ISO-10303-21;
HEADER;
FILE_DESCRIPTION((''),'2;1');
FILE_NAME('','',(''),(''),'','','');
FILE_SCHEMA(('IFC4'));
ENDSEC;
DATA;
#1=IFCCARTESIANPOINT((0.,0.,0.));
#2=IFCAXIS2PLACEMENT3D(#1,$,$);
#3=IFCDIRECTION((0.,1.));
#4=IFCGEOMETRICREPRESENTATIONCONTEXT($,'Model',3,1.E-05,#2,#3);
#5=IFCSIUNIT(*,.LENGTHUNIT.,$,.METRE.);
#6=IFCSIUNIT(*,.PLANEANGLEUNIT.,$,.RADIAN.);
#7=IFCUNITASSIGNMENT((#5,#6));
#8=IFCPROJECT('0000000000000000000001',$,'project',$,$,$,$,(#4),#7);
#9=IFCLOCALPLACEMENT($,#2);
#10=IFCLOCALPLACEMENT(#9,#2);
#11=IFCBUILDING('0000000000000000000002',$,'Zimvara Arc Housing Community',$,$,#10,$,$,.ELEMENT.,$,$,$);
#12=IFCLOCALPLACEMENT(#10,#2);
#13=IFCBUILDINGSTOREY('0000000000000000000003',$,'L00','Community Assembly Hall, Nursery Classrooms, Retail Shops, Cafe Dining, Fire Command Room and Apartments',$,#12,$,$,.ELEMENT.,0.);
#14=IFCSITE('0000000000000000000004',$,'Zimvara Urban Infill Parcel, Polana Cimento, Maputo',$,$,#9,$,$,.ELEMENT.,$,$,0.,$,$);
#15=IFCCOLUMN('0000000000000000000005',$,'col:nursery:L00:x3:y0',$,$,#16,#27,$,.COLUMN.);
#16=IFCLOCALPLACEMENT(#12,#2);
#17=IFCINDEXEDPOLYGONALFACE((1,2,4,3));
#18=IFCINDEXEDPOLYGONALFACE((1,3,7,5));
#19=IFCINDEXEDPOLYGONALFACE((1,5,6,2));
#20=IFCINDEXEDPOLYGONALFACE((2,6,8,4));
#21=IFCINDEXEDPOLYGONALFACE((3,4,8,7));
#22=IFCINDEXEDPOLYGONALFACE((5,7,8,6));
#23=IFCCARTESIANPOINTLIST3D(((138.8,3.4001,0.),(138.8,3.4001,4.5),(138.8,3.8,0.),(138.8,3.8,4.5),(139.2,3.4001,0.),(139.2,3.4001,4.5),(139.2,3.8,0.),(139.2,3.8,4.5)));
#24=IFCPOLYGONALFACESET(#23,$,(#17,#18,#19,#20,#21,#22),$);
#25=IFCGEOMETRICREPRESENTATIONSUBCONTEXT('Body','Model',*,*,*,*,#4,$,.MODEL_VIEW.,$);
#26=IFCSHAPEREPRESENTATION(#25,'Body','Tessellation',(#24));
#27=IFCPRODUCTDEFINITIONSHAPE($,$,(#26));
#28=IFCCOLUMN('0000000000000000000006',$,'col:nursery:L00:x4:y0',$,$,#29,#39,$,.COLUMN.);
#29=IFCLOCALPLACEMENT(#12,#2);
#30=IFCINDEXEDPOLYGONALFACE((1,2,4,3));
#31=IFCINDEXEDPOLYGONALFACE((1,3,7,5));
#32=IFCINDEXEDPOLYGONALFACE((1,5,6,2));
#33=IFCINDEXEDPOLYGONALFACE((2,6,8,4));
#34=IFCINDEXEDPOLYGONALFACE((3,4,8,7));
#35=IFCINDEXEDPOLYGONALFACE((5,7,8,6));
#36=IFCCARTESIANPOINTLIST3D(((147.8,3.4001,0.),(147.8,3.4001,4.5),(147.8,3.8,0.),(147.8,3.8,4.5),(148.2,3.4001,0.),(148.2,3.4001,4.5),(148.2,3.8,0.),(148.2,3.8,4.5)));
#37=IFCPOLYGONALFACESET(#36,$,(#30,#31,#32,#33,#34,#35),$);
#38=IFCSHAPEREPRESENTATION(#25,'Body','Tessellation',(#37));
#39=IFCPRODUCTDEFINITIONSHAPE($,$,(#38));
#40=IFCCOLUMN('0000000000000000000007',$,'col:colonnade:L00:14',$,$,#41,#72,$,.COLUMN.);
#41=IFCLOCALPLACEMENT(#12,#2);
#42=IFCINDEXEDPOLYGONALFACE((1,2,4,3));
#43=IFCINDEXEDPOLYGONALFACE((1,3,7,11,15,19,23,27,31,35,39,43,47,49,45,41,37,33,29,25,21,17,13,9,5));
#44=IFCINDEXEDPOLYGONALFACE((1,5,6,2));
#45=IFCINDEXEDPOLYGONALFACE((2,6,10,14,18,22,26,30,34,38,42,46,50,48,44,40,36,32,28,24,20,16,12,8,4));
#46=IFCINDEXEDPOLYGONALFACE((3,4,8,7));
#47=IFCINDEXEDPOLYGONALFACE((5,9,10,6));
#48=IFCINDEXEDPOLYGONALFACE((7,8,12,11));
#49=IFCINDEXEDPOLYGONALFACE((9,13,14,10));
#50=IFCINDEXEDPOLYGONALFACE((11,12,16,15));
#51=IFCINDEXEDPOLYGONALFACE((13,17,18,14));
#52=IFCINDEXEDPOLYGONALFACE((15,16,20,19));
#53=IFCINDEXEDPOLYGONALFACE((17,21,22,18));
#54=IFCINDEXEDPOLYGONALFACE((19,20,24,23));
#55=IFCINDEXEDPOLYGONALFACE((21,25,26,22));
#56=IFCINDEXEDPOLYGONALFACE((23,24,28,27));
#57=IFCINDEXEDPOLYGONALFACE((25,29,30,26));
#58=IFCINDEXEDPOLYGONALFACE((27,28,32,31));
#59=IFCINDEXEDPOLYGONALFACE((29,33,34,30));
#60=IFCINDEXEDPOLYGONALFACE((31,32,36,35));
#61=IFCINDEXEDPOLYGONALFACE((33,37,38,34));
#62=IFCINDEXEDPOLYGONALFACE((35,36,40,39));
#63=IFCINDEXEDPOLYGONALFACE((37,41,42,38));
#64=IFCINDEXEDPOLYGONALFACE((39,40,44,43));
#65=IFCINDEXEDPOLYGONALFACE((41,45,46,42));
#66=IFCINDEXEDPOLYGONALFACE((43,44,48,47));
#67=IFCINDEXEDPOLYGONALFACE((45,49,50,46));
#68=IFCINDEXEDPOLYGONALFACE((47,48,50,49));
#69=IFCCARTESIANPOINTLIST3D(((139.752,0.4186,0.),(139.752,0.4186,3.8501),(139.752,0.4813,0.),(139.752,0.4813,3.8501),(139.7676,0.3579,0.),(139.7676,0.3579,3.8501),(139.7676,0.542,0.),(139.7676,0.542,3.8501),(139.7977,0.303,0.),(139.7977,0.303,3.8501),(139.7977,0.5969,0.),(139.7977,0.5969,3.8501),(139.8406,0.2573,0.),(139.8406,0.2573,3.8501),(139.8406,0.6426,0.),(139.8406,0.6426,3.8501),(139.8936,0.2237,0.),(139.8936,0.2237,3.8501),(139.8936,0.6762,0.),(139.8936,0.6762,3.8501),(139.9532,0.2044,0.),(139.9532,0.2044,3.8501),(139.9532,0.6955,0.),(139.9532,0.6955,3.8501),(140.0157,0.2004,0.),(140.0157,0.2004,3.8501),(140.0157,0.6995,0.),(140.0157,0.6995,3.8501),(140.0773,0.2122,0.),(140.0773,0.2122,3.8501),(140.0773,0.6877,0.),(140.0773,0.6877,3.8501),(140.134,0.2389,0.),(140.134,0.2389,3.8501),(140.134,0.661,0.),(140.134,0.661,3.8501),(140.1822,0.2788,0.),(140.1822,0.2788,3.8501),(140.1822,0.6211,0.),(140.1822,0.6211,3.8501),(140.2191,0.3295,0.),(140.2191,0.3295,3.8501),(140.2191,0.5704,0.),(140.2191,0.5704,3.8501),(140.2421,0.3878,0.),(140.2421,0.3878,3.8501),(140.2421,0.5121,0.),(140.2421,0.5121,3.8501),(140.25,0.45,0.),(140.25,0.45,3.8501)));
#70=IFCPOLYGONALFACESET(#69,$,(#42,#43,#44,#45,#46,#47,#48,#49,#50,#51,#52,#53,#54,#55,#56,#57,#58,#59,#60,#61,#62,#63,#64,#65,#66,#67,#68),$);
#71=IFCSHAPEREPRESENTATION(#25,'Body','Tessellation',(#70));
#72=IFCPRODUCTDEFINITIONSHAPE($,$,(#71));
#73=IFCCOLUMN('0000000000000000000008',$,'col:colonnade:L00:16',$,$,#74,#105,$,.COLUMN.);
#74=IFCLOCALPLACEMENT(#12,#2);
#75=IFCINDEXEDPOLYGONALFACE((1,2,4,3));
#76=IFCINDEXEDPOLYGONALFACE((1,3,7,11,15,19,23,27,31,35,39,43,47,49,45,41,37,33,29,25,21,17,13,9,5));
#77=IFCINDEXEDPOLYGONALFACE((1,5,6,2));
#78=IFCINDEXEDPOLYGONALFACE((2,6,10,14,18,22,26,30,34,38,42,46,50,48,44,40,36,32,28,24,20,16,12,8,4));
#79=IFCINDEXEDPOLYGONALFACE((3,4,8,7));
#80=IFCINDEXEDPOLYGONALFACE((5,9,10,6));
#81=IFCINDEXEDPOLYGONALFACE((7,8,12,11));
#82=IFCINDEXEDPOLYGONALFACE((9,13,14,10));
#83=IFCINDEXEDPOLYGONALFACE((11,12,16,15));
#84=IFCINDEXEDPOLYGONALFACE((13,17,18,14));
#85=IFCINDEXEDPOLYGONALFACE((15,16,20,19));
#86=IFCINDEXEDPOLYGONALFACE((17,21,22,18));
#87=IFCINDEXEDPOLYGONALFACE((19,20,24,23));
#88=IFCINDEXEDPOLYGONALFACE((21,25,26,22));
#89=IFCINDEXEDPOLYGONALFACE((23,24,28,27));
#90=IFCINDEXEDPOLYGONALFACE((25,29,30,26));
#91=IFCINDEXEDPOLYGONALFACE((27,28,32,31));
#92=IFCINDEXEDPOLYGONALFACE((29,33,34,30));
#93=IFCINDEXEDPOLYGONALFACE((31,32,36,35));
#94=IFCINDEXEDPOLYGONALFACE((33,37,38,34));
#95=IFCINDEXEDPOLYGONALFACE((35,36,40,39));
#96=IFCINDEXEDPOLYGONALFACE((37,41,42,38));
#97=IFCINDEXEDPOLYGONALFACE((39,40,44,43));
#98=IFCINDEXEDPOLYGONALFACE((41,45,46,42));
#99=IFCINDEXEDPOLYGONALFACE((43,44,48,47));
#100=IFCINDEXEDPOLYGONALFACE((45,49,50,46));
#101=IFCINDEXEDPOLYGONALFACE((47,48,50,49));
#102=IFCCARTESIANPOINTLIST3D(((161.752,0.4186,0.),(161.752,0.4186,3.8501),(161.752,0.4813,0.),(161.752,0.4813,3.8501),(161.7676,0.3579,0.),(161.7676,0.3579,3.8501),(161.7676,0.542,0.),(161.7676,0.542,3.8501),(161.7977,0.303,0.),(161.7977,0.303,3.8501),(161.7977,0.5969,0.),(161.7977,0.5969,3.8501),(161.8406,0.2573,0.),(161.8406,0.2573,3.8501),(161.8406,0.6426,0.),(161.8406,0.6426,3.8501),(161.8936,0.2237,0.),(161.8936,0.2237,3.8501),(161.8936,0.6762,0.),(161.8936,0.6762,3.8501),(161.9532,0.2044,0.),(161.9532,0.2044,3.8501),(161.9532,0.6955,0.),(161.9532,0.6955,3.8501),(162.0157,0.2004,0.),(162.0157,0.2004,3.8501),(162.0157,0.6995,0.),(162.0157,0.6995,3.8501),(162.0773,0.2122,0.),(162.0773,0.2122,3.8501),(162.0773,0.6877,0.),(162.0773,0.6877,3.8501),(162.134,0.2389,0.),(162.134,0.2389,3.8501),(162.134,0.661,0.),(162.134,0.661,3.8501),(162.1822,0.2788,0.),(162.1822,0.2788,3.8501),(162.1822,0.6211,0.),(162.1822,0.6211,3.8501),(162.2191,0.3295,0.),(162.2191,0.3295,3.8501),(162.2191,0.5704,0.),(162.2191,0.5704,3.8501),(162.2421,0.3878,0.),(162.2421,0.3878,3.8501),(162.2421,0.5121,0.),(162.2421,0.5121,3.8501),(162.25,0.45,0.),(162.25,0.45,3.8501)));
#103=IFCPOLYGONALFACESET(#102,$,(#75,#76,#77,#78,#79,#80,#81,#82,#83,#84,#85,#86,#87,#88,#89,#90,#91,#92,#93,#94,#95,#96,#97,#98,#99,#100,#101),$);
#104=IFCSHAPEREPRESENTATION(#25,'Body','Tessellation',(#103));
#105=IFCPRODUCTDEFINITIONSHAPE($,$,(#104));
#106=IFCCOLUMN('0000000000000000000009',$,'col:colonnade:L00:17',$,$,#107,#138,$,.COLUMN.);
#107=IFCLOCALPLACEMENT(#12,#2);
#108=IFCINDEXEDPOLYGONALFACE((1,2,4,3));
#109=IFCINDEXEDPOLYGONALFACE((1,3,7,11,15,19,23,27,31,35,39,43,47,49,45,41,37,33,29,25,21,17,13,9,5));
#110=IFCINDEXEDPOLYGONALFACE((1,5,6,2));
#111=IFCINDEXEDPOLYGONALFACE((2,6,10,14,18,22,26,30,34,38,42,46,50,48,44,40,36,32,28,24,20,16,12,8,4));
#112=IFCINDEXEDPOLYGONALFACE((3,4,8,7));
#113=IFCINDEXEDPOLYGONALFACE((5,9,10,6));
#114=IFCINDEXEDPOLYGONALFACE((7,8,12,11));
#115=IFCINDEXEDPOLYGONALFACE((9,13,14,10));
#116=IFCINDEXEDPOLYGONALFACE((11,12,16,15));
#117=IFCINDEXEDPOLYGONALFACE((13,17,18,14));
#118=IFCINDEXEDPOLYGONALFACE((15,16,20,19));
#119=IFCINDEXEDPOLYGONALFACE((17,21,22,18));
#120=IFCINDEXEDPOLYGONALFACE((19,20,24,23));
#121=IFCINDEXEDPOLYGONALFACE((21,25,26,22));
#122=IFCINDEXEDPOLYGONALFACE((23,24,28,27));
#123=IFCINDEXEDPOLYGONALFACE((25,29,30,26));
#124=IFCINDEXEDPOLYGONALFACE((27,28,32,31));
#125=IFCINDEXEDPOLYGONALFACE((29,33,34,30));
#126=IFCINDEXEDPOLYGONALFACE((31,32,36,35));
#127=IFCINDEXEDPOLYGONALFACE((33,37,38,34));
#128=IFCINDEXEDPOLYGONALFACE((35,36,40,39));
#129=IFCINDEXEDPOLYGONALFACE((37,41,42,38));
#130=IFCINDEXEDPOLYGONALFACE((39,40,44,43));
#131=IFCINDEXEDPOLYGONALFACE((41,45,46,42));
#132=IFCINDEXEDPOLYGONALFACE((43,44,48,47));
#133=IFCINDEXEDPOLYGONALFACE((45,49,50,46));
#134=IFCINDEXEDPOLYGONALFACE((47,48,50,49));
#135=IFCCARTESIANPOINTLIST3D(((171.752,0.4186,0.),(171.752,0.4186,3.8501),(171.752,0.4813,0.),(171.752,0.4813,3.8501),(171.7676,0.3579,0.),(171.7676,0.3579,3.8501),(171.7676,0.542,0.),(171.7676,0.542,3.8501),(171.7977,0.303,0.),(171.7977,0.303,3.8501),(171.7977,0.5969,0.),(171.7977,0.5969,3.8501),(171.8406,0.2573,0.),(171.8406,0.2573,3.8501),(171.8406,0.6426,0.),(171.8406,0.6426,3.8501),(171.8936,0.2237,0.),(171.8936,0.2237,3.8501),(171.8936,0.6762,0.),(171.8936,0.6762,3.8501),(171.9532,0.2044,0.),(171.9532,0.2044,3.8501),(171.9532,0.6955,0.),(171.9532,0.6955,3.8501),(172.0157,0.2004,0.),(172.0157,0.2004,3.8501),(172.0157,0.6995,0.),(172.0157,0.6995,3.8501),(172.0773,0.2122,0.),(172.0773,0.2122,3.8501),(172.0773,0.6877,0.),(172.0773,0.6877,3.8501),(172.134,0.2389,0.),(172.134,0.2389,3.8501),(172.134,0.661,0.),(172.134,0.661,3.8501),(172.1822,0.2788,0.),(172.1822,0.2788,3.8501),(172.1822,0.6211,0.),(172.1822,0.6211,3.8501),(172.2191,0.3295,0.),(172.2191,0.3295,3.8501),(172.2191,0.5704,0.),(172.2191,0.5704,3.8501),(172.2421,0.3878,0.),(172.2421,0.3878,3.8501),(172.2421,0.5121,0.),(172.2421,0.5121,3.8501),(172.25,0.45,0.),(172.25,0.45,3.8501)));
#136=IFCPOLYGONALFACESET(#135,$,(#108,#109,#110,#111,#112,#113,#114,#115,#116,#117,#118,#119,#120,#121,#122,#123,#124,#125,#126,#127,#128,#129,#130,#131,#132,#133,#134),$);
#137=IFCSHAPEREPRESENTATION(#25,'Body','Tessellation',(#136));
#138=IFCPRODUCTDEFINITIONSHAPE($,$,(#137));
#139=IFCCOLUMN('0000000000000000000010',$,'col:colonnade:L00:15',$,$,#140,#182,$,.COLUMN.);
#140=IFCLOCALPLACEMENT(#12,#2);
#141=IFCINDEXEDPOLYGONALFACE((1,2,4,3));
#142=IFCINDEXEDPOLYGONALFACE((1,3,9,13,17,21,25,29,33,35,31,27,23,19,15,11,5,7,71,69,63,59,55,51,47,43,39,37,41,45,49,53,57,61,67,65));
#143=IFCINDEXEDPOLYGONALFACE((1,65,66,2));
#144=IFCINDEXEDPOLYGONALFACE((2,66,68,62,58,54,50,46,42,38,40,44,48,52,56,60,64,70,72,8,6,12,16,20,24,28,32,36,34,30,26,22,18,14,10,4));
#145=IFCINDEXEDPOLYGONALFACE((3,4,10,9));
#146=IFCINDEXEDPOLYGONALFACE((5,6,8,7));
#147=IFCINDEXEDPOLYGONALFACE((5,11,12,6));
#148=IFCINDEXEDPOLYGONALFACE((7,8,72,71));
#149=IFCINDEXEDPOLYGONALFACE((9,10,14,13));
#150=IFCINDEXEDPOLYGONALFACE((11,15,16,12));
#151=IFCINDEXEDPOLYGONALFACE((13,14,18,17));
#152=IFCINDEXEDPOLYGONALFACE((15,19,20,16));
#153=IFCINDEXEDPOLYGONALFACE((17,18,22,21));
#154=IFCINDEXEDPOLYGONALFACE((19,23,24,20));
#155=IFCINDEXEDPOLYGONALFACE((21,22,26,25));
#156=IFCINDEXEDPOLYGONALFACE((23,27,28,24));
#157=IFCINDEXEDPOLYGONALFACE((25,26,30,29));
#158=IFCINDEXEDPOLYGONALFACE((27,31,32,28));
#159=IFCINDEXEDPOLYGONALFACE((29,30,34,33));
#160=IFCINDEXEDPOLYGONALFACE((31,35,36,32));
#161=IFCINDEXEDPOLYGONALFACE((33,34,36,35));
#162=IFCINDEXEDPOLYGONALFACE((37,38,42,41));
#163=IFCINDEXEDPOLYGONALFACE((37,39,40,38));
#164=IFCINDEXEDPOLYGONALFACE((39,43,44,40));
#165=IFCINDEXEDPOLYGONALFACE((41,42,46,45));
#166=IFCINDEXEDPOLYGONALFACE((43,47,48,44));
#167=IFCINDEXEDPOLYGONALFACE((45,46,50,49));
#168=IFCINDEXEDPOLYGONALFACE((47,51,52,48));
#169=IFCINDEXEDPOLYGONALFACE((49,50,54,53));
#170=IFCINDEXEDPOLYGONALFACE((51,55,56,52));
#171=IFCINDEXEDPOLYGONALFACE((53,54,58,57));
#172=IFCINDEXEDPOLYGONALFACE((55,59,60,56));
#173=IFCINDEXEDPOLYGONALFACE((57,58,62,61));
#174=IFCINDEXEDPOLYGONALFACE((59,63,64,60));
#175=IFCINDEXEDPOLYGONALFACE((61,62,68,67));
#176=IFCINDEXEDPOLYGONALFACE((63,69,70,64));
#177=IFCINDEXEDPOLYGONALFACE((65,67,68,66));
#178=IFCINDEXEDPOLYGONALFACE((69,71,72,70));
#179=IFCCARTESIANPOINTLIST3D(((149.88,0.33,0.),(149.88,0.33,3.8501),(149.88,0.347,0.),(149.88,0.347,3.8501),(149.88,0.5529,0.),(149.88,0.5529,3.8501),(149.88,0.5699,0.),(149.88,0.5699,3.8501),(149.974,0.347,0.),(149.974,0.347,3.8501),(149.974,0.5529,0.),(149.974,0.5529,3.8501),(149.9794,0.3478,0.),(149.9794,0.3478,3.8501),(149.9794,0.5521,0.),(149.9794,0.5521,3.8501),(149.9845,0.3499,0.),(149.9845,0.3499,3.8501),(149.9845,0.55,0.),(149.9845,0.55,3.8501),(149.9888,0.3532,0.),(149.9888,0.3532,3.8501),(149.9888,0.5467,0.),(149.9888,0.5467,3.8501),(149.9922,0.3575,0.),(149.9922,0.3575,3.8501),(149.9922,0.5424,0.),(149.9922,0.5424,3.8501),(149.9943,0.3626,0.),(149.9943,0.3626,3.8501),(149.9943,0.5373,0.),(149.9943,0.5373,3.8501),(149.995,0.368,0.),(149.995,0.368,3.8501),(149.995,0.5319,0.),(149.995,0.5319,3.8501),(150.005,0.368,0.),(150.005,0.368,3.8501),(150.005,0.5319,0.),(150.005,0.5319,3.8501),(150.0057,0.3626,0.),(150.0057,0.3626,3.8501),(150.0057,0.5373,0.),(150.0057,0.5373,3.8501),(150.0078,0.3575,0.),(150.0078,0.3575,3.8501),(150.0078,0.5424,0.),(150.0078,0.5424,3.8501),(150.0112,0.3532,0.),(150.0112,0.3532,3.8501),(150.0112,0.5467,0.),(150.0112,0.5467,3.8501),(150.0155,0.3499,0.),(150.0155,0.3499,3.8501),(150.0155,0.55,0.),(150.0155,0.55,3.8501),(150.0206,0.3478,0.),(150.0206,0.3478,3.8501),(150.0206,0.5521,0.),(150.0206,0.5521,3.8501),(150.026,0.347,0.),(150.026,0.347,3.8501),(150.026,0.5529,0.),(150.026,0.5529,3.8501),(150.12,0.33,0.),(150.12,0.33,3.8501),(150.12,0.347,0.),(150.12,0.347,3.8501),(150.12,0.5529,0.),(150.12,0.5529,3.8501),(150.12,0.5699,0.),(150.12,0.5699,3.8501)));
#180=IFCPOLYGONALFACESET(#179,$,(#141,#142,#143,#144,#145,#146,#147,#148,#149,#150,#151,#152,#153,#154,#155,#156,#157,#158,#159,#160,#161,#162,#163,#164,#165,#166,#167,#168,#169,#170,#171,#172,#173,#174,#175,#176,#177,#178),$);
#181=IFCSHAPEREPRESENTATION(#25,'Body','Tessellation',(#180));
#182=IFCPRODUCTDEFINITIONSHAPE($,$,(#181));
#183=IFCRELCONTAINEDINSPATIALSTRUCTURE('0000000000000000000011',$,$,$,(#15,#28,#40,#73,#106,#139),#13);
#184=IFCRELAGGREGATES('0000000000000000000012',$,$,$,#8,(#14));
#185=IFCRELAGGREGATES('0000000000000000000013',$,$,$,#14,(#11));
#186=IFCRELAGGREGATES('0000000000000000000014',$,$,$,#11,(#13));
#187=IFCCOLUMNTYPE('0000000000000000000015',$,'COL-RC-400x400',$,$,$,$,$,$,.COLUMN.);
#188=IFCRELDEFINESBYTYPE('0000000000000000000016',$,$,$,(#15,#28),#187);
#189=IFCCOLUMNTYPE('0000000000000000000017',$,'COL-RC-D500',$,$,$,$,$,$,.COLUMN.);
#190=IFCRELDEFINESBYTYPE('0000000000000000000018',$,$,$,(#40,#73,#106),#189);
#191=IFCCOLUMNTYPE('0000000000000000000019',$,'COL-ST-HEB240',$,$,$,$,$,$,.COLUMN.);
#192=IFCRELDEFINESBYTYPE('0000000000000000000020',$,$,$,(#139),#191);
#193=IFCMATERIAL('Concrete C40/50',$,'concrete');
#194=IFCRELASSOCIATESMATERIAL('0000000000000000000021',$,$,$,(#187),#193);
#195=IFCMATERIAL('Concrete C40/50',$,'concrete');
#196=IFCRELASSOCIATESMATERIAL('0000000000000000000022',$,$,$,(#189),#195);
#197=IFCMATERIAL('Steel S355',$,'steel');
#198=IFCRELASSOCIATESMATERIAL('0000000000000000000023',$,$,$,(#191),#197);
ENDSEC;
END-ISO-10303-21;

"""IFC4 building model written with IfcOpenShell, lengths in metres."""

from ifc_helpers import new_model, si_unit, direction, frame, origin, origin_2d, place, context, subcontext, project, spatial, rectangle, circle, i_section, extrude, material, material_profile, profile_set, type_object, element, save


model = new_model("IFC4")

# Units and contexts
model_context = context("Model", 3, precision=1e-05, world=origin(), true_north=direction((0.0, 1.0)))
body_context = subcontext(model_context, "Body", "Model", "MODEL_VIEW")
ifc_project = project(units=[si_unit("LENGTHUNIT", "METRE"), si_unit("PLANEANGLEUNIT", "RADIAN")], contexts=[model_context])

# Site, building, storey
site_placement = place(None, origin())
site = spatial("IfcSite", under=ifc_project, at=site_placement, Name="Zimvara Urban Infill Parcel, Polana Cimento, Maputo", CompositionType="ELEMENT", RefElevation=0.0)
building_placement = place(site_placement, origin())
building = spatial("IfcBuilding", under=site, at=building_placement, Name="Zimvara Arc Housing Community", CompositionType="ELEMENT")
storey_placement = place(building_placement, origin())
storey = spatial("IfcBuildingStorey", under=building, at=storey_placement, Name="L00", Description="Community Assembly Hall, Nursery Classrooms, Retail Shops, Cafe Dining, Fire Command Room and Apartments", CompositionType="ELEMENT", Elevation=0.0)

# Columns
ifc_material_1 = material(Name="Concrete C40/50", Category="concrete")
ifc_material_profile_1 = material_profile(ifc_material_1, rectangle(XDim=0.3999, YDim=0.3999, at=origin_2d()), Name="RC 400x400")
ifc_profile_set_1 = profile_set([ifc_material_profile_1], Name="Concrete C40/50")
column_type_1 = type_object("IfcColumnType", Name="COL-RC-400x400", PredefinedType="COLUMN", material=ifc_profile_set_1)
for number, where, z_axis, x_axis, name in (
    (1, (139.0, 3.6001, 0.0), (0.0, 0.0, 1.0), (1.0, 0.0, 0.0), "col:nursery:L00:x3:y0"),
    (2, (148.0, 3.6001, 0.0), (0.0, 0.0, 1.0), (1.0, 0.0, 0.0), "col:nursery:L00:x4:y0"),
):
    element("IfcColumn", number, at=place(storey_placement, frame(where, z_axis=z_axis, x_axis=x_axis)), inside=storey, type_object=column_type_1, Name=name, PredefinedType="COLUMN", context=body_context, shape_type="SweptSolid", body=[
        extrude(rectangle(XDim=0.3999, YDim=0.3999, at=origin_2d()), origin(), (0.0, 0.0, 1.0), 4.5),
    ])
ifc_material_2 = material(Name="Concrete C40/50", Category="concrete")
ifc_material_profile_2 = material_profile(ifc_material_2, circle(Radius=0.25, at=origin_2d()), Name="RC D500")
ifc_profile_set_2 = profile_set([ifc_material_profile_2], Name="Concrete C40/50")
column_type_2 = type_object("IfcColumnType", Name="COL-RC-D500", PredefinedType="COLUMN", material=ifc_profile_set_2)
for number, where, z_axis, x_axis, name in (
    (3, (140.0, 0.45, 0.0), (0.0, 0.0, 1.0), (1.0, 0.0, 0.0), "col:colonnade:L00:14"),
    (4, (162.0, 0.45, 0.0), (0.0, 0.0, 1.0), (1.0, 0.0, 0.0), "col:colonnade:L00:16"),
    (5, (172.0, 0.45, 0.0), (0.0, 0.0, 1.0), (1.0, 0.0, 0.0), "col:colonnade:L00:17"),
):
    element("IfcColumn", number, at=place(storey_placement, frame(where, z_axis=z_axis, x_axis=x_axis)), inside=storey, type_object=column_type_2, Name=name, PredefinedType="COLUMN", context=body_context, shape_type="SweptSolid", body=[
        extrude(circle(Radius=0.25, at=origin_2d()), origin(), (0.0, 0.0, 1.0), 3.8501),
    ])
ifc_material_3 = material(Name="Steel S355", Category="steel")
ifc_material_profile_3 = material_profile(ifc_material_3, i_section(OverallWidth=0.24, OverallDepth=0.24, WebThickness=0.01, FlangeThickness=0.0171, FilletRadius=0.021, at=origin_2d()), Name="HEB 240")
ifc_profile_set_3 = profile_set([ifc_material_profile_3], Name="Steel S355")
column_type_3 = type_object("IfcColumnType", Name="COL-ST-HEB240", PredefinedType="COLUMN", material=ifc_profile_set_3)
column_placement = place(storey_placement, frame((150.0, 0.45, 0.0), z_axis=(0.0, 0.0, 1.0), x_axis=(1.0, 0.0, 0.0)))
element("IfcColumn", 6, at=column_placement, inside=storey, type_object=column_type_3, Name="col:colonnade:L00:15", PredefinedType="COLUMN", context=body_context, shape_type="SweptSolid", body=[
    extrude(i_section(OverallWidth=0.24, OverallDepth=0.24, WebThickness=0.01, FlangeThickness=0.0171, FilletRadius=0.021, at=origin_2d()), origin(), (0.0, 0.0, 1.0), 3.8501),
])

save(model, "model.ifc")
